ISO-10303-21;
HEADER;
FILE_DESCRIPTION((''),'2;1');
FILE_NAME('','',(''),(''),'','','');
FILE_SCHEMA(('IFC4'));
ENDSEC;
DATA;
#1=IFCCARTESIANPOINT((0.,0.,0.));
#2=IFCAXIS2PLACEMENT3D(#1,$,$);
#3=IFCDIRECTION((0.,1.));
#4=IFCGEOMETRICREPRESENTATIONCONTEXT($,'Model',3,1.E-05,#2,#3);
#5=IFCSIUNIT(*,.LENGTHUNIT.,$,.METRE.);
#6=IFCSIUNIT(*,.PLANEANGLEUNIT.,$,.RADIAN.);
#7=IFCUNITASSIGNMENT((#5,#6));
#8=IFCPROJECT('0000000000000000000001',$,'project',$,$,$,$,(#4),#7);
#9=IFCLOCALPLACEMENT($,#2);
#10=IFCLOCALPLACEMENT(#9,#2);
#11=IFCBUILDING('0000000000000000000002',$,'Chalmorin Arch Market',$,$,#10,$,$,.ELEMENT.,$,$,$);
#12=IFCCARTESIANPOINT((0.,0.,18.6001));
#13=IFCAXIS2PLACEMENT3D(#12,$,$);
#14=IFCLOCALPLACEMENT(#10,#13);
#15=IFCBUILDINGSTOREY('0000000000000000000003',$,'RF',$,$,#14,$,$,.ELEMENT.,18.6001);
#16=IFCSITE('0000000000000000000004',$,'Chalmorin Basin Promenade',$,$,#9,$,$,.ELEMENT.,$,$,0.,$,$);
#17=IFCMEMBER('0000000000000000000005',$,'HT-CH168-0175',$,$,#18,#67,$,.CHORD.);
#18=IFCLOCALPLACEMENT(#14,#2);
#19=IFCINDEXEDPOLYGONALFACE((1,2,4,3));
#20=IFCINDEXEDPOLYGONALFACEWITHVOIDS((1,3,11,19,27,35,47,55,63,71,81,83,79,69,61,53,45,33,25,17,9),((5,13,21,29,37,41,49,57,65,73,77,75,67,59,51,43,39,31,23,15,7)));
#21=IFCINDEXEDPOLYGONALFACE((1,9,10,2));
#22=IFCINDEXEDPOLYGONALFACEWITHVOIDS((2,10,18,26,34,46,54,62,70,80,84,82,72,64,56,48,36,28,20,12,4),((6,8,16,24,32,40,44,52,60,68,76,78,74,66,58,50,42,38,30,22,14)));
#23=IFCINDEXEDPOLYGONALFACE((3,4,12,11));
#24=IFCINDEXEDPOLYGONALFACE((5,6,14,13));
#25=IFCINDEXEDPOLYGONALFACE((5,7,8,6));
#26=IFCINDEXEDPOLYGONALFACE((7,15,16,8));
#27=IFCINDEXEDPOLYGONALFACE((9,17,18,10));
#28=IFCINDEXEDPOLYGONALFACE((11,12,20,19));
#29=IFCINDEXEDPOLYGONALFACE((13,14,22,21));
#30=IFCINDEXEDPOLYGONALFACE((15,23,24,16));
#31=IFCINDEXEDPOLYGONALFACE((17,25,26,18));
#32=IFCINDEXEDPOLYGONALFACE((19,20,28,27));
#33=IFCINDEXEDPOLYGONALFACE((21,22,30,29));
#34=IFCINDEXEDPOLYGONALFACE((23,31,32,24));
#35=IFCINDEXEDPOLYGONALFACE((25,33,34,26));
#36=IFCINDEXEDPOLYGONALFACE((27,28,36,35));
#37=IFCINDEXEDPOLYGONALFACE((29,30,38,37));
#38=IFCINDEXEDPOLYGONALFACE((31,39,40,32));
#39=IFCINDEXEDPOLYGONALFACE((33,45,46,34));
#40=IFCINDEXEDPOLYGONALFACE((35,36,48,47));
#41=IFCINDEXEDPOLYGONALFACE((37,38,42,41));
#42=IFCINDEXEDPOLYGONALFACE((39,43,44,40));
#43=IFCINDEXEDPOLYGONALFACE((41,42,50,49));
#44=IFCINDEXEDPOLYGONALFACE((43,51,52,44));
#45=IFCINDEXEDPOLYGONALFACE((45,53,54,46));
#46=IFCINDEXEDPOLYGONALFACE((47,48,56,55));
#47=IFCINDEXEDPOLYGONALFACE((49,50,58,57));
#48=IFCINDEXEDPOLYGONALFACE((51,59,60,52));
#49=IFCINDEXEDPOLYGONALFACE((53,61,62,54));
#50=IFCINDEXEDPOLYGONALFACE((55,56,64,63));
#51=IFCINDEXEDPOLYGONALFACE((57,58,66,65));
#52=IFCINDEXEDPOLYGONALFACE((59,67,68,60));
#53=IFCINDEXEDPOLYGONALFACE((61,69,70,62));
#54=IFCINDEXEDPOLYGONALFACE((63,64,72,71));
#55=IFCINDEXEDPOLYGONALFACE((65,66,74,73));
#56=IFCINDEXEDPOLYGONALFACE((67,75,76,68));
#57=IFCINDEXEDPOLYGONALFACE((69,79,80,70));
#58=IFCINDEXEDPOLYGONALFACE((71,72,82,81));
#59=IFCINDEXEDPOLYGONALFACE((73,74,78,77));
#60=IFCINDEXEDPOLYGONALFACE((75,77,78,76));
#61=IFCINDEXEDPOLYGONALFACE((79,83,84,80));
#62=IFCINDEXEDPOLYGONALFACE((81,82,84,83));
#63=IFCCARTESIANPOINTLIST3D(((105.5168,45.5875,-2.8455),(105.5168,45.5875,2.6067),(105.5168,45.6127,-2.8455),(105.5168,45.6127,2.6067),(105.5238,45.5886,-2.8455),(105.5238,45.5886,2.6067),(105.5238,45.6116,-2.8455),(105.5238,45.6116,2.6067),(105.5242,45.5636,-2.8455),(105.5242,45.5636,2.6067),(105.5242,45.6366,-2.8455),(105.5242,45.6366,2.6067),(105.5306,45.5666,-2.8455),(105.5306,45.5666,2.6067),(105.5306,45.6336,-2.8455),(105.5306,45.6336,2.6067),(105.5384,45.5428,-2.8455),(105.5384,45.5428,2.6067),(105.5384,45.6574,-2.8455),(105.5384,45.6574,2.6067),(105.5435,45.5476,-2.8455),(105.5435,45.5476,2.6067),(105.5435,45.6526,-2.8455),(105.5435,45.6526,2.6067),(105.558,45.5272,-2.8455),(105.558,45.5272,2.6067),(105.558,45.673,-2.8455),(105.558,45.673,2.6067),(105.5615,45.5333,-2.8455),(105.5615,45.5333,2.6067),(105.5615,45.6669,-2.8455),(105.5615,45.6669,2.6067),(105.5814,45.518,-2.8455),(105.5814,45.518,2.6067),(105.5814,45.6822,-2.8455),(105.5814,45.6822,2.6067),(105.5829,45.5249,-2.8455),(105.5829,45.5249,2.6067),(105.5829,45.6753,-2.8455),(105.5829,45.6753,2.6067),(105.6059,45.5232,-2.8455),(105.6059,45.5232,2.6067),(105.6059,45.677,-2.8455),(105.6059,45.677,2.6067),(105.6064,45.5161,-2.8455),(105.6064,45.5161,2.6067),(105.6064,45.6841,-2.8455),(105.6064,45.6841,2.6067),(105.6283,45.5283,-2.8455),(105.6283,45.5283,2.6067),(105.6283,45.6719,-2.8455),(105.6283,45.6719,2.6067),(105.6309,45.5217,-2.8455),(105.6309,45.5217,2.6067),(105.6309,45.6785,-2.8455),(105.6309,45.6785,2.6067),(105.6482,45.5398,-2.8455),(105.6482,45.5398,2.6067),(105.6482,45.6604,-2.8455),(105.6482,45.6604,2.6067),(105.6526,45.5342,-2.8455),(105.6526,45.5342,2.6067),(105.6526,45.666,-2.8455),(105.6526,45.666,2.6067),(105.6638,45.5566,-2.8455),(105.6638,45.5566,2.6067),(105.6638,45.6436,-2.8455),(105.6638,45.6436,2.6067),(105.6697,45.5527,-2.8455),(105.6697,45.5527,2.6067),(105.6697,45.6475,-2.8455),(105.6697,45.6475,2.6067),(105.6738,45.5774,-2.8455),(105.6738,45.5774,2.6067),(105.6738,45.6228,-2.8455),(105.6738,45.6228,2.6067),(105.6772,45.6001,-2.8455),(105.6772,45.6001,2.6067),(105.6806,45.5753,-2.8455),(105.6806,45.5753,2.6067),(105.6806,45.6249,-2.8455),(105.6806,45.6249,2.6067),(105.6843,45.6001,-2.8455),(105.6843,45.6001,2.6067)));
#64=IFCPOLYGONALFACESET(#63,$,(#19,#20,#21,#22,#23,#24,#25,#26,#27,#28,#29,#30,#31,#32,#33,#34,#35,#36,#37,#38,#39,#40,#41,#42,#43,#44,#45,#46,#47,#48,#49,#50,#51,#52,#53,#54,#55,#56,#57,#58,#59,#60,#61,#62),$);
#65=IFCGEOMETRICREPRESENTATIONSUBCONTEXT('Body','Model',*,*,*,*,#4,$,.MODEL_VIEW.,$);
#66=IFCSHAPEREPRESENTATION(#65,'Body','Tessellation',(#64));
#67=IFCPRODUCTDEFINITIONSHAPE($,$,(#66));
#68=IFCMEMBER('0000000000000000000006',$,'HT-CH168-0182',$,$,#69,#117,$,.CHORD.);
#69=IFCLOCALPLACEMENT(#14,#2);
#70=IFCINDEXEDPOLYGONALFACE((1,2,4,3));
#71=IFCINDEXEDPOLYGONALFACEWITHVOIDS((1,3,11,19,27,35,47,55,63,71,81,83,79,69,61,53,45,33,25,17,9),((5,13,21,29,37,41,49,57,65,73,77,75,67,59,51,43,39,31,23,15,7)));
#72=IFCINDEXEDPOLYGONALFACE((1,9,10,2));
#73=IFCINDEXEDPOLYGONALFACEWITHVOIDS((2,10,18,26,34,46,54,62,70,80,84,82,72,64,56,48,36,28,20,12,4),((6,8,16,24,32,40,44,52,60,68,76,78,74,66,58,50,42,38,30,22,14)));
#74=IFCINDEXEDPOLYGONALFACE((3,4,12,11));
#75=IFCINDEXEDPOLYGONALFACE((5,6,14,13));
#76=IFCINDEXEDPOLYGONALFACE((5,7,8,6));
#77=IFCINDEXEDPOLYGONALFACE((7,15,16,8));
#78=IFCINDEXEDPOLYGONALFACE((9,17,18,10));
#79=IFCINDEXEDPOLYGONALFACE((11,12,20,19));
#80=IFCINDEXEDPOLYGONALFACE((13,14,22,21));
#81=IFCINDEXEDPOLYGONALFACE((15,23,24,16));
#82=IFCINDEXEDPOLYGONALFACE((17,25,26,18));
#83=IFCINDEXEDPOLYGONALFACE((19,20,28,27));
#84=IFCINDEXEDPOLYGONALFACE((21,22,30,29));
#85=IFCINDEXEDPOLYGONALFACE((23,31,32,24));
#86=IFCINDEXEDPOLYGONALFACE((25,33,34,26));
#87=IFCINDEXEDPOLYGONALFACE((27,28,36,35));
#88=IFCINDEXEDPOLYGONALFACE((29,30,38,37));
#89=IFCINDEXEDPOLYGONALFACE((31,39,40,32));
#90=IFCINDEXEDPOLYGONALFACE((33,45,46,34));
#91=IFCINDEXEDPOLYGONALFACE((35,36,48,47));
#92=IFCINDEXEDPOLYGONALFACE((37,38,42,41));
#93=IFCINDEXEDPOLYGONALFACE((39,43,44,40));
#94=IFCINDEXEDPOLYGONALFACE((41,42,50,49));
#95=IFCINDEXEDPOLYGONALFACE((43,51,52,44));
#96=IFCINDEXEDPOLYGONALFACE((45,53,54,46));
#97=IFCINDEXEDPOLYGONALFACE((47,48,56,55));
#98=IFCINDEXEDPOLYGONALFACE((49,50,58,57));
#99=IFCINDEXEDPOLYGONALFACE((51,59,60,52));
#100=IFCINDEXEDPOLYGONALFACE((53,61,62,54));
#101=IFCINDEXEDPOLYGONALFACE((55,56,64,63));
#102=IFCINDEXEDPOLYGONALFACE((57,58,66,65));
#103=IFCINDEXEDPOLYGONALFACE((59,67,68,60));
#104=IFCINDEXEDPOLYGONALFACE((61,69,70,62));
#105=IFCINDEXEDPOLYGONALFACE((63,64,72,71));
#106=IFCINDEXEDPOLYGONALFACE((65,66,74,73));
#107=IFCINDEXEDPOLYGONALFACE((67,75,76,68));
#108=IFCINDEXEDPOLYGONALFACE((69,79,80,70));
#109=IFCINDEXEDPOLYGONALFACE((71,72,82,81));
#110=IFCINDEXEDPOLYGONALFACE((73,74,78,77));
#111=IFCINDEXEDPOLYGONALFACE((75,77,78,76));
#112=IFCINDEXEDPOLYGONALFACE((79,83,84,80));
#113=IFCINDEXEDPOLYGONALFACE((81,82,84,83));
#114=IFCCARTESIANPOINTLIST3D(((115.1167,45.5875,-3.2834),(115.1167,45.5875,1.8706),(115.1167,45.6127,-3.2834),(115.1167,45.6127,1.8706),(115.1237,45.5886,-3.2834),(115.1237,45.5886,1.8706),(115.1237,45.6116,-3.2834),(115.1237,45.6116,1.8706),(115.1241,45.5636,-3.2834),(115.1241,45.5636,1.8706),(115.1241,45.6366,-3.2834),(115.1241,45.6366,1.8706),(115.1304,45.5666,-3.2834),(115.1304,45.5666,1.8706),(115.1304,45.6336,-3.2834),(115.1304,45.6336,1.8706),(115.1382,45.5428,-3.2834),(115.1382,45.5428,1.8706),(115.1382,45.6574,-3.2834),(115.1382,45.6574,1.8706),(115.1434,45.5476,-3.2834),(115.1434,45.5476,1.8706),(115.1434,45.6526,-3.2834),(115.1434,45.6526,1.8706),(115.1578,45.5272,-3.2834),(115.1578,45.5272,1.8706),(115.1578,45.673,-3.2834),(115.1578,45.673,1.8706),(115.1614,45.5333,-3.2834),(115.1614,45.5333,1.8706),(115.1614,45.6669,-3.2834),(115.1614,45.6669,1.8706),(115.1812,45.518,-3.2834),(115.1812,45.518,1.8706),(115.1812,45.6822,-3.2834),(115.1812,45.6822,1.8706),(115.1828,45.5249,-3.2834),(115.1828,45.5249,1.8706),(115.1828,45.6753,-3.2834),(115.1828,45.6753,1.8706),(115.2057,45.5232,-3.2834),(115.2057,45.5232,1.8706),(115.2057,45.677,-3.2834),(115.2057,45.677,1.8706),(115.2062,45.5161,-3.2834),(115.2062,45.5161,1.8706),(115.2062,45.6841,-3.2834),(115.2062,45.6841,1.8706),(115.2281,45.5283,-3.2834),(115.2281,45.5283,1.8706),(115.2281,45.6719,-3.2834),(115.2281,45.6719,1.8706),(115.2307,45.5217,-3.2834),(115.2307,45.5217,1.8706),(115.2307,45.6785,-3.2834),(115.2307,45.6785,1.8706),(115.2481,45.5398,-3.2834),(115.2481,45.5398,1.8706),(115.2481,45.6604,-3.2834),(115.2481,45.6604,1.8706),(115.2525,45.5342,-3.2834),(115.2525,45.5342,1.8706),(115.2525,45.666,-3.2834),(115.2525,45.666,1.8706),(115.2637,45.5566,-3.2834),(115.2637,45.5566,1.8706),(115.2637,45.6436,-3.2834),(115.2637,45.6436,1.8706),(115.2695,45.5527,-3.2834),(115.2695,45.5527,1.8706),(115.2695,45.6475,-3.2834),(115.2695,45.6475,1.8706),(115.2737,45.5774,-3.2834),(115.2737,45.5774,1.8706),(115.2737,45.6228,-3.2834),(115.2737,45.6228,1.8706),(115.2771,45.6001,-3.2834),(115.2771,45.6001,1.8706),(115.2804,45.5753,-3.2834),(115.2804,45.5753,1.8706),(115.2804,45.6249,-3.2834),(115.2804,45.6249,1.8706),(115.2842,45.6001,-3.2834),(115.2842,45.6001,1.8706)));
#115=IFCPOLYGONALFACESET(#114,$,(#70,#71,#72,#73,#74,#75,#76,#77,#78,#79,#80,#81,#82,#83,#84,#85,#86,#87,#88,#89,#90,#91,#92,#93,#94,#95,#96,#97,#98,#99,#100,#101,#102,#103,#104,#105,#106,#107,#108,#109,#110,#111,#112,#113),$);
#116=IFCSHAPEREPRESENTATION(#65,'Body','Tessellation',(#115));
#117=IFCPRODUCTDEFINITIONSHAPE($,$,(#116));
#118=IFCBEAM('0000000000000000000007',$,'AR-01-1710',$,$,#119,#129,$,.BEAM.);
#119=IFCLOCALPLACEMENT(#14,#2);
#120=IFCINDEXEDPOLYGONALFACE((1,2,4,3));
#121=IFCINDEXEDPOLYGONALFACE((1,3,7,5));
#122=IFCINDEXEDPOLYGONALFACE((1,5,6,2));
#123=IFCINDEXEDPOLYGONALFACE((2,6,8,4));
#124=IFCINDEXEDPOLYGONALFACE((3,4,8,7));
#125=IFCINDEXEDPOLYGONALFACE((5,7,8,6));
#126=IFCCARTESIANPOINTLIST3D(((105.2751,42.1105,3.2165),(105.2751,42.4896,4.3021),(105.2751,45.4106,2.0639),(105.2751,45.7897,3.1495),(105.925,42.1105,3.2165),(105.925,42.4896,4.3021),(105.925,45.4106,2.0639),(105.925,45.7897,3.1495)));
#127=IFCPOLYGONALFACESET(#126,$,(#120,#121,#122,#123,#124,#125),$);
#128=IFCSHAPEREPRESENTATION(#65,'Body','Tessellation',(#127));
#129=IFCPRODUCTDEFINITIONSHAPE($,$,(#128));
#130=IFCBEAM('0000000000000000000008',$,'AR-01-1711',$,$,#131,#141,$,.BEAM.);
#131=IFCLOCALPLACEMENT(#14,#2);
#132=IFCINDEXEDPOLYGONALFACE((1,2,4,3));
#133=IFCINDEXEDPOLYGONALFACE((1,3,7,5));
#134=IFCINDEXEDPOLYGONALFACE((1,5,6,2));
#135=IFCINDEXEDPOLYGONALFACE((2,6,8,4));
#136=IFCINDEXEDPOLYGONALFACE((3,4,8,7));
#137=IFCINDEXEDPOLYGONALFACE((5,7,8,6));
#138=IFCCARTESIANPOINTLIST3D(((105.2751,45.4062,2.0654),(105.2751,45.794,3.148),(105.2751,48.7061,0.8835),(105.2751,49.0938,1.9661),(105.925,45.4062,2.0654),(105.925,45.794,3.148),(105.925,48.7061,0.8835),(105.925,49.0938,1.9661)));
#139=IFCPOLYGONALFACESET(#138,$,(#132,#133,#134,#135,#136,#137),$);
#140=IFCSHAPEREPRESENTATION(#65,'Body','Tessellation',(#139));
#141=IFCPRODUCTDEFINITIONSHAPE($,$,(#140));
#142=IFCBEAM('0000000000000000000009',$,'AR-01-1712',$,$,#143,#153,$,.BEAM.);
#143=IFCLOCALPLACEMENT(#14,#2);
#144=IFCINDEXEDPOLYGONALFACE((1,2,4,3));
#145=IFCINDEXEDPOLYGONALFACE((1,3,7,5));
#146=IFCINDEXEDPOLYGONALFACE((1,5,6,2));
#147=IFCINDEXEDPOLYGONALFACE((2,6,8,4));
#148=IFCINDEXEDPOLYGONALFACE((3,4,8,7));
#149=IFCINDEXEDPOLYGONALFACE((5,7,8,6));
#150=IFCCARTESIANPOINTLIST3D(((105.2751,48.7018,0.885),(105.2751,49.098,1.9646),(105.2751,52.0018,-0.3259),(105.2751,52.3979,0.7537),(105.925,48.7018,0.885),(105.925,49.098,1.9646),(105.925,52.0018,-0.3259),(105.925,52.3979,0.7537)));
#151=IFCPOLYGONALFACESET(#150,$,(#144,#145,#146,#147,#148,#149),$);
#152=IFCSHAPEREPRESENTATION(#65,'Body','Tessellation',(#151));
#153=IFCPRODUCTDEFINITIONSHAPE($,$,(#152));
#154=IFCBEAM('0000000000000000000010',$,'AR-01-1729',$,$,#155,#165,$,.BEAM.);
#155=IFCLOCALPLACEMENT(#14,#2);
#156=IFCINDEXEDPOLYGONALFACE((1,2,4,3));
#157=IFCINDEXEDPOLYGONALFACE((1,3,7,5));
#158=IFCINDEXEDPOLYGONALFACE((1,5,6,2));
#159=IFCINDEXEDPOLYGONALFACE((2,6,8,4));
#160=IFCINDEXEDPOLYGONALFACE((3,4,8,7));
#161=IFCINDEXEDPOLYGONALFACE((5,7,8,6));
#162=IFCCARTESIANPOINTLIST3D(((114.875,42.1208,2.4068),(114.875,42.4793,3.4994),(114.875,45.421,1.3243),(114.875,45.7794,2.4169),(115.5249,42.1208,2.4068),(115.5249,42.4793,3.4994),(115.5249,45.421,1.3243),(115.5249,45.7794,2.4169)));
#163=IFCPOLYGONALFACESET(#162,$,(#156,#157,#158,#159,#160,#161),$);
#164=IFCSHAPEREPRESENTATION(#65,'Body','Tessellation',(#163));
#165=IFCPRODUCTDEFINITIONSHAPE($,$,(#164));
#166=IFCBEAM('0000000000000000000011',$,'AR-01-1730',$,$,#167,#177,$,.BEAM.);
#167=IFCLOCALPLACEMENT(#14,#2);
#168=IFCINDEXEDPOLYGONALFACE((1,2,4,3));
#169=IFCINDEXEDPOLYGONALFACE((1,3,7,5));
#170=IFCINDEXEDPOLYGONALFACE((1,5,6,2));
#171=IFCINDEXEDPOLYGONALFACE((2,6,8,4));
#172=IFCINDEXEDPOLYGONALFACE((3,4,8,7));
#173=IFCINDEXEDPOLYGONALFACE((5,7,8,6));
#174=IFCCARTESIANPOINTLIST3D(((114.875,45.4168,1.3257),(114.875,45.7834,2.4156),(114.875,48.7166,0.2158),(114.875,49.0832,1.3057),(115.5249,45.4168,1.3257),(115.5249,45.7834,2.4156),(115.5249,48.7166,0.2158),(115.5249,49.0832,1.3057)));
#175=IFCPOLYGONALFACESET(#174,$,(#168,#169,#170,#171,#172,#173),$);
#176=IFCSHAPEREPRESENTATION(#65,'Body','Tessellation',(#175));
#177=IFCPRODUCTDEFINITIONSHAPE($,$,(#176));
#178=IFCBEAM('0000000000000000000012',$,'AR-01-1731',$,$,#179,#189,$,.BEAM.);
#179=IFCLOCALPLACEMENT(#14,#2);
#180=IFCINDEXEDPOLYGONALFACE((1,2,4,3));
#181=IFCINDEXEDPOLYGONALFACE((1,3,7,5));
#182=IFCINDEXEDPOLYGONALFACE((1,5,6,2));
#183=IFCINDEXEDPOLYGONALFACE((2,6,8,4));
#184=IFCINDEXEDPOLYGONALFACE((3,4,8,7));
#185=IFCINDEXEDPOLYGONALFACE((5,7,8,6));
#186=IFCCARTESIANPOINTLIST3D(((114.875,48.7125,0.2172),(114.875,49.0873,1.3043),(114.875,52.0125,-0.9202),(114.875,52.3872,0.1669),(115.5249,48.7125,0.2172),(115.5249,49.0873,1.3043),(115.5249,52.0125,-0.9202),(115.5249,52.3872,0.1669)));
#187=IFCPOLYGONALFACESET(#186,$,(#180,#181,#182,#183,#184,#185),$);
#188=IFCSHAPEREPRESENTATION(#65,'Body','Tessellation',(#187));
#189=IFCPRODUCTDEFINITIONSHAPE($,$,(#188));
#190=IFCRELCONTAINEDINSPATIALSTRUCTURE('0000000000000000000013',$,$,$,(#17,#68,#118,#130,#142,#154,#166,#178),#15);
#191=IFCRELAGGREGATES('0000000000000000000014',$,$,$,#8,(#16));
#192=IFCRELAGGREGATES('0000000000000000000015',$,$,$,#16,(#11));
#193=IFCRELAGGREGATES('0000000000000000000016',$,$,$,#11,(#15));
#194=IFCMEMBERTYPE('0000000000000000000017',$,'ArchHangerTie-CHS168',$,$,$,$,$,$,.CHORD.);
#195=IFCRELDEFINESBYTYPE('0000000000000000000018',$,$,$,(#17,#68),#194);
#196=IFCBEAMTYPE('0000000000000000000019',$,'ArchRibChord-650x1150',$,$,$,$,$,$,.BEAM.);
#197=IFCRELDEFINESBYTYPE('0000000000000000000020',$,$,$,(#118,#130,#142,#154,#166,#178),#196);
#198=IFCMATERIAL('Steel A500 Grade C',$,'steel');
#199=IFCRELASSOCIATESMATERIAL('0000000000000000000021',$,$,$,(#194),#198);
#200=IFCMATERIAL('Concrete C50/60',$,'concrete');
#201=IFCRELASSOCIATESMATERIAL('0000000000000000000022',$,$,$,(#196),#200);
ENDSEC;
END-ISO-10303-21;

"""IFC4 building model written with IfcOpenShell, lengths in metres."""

from ifc_helpers import new_model, si_unit, direction, frame, origin, origin_2d, place, context, subcontext, project, spatial, rectangle, hollow_circle, extrude, material, material_profile, profile_set, type_object, element, save


model = new_model("IFC4")

# Units and contexts
model_context = context("Model", 3, precision=1e-05, world=origin(), true_north=direction((0.0, 1.0)))
body_context = subcontext(model_context, "Body", "Model", "MODEL_VIEW")
ifc_project = project(units=[si_unit("LENGTHUNIT", "METRE"), si_unit("PLANEANGLEUNIT", "RADIAN")], contexts=[model_context])

# Site, building, storey
site_placement = place(None, origin())
site = spatial("IfcSite", under=ifc_project, at=site_placement, Name="Chalmorin Basin Promenade", CompositionType="ELEMENT", RefElevation=0.0)
building_placement = place(site_placement, origin())
building = spatial("IfcBuilding", under=site, at=building_placement, Name="Chalmorin Arch Market", CompositionType="ELEMENT")
storey_placement = place(building_placement, frame((0.0, 0.0, 18.6001)))
storey = spatial("IfcBuildingStorey", under=building, at=storey_placement, Name="RF", CompositionType="ELEMENT", Elevation=18.6001)

# Members
ifc_material_1 = material(Name="Steel A500 Grade C", Category="steel")
ifc_material_profile_1 = material_profile(ifc_material_1, hollow_circle(Radius=0.0842, WallThickness=0.0071, at=origin_2d()), Name="CHS168X7")
ifc_profile_set_1 = profile_set([ifc_material_profile_1], Name="Steel A500 Grade C")
member_type_1 = type_object("IfcMemberType", Name="ArchHangerTie-CHS168", PredefinedType="CHORD", material=ifc_profile_set_1)
member_1_placement = place(storey_placement, frame((105.6001, 45.6001, -2.8455), z_axis=(0.0, 0.0, 1.0), x_axis=(1.0, 0.0, 0.0)))
element("IfcMember", 1, at=member_1_placement, inside=storey, type_object=member_type_1, Name="HT-CH168-0175", PredefinedType="CHORD", context=body_context, shape_type="SweptSolid", body=[
    extrude(hollow_circle(Radius=0.0842, WallThickness=0.0071, at=origin_2d()), origin(), (0.0, 0.0, 1.0), 5.4521),
])
member_2_placement = place(storey_placement, frame((115.2, 45.6001, -3.2834), z_axis=(0.0, 0.0, 1.0), x_axis=(1.0, 0.0, 0.0)))
element("IfcMember", 2, at=member_2_placement, inside=storey, type_object=member_type_1, Name="HT-CH168-0182", PredefinedType="CHORD", context=body_context, shape_type="SweptSolid", body=[
    extrude(hollow_circle(Radius=0.0842, WallThickness=0.0071, at=origin_2d()), origin(), (0.0, 0.0, 1.0), 5.1541),
])

# Beams
ifc_material_2 = material(Name="Concrete C50/60", Category="concrete")
ifc_material_profile_2 = material_profile(ifc_material_2, rectangle(XDim=0.6499, YDim=1.1499, at=origin_2d()), Name="RC650X1150")
ifc_profile_set_2 = profile_set([ifc_material_profile_2], Name="Concrete C50/60")
beam_type = type_object("IfcBeamType", Name="ArchRibChord-650x1150", PredefinedType="BEAM", material=ifc_profile_set_2)
beam_1_placement = place(storey_placement, frame((105.6001, 42.3, 3.7593), z_axis=(0.0, 0.944075, -0.329731), x_axis=(-1.0, 0.0, 0.0)))
element("IfcBeam", 3, at=beam_1_placement, inside=storey, type_object=beam_type, Name="AR-01-1710", PredefinedType="BEAM", context=body_context, shape_type="SweptSolid", body=[
    extrude(rectangle(XDim=0.6499, YDim=1.1499, at=origin_2d()), origin(), (0.0, 0.0, 1.0), 3.4956),
])
beam_2_placement = place(storey_placement, frame((105.6001, 45.6001, 2.6067), z_axis=(0.0, 0.941436, -0.337192), x_axis=(-1.0, 0.0, 0.0)))
element("IfcBeam", 4, at=beam_2_placement, inside=storey, type_object=beam_type, Name="AR-01-1711", PredefinedType="BEAM", context=body_context, shape_type="SweptSolid", body=[
    extrude(rectangle(XDim=0.6499, YDim=1.1499, at=origin_2d()), origin(), (0.0, 0.0, 1.0), 3.5051),
])
beam_3_placement = place(storey_placement, frame((105.6001, 48.8999, 1.4248), z_axis=(0.0, 0.938792, -0.344485), x_axis=(-1.0, 0.0, 0.0)))
element("IfcBeam", 5, at=beam_3_placement, inside=storey, type_object=beam_type, Name="AR-01-1712", PredefinedType="BEAM", context=body_context, shape_type="SweptSolid", body=[
    extrude(rectangle(XDim=0.6499, YDim=1.1499, at=origin_2d()), origin(), (0.0, 0.0, 1.0), 3.5151),
])
beam_4_placement = place(storey_placement, frame((115.2, 42.3, 2.9531), z_axis=(0.0, 0.950184, -0.31169), x_axis=(-1.0, 0.0, 0.0)))
element("IfcBeam", 6, at=beam_4_placement, inside=storey, type_object=beam_type, Name="AR-01-1729", PredefinedType="BEAM", context=body_context, shape_type="SweptSolid", body=[
    extrude(rectangle(XDim=0.6499, YDim=1.1499, at=origin_2d()), origin(), (0.0, 0.0, 1.0), 3.4731),
])
beam_5_placement = place(storey_placement, frame((115.2, 45.6001, 1.8706), z_axis=(0.0, 0.947824, -0.318793), x_axis=(-1.0, 0.0, 0.0)))
element("IfcBeam", 7, at=beam_5_placement, inside=storey, type_object=beam_type, Name="AR-01-1730", PredefinedType="BEAM", context=body_context, shape_type="SweptSolid", body=[
    extrude(rectangle(XDim=0.6499, YDim=1.1499, at=origin_2d()), origin(), (0.0, 0.0, 1.0), 3.4814),
])
beam_6_placement = place(storey_placement, frame((115.2, 48.8999, 0.7607), z_axis=(0.0, 0.945417, -0.325864), x_axis=(-1.0, 0.0, 0.0)))
element("IfcBeam", 8, at=beam_6_placement, inside=storey, type_object=beam_type, Name="AR-01-1731", PredefinedType="BEAM", context=body_context, shape_type="SweptSolid", body=[
    extrude(rectangle(XDim=0.6499, YDim=1.1499, at=origin_2d()), origin(), (0.0, 0.0, 1.0), 3.4905),
])

save(model, "model.ifc")
